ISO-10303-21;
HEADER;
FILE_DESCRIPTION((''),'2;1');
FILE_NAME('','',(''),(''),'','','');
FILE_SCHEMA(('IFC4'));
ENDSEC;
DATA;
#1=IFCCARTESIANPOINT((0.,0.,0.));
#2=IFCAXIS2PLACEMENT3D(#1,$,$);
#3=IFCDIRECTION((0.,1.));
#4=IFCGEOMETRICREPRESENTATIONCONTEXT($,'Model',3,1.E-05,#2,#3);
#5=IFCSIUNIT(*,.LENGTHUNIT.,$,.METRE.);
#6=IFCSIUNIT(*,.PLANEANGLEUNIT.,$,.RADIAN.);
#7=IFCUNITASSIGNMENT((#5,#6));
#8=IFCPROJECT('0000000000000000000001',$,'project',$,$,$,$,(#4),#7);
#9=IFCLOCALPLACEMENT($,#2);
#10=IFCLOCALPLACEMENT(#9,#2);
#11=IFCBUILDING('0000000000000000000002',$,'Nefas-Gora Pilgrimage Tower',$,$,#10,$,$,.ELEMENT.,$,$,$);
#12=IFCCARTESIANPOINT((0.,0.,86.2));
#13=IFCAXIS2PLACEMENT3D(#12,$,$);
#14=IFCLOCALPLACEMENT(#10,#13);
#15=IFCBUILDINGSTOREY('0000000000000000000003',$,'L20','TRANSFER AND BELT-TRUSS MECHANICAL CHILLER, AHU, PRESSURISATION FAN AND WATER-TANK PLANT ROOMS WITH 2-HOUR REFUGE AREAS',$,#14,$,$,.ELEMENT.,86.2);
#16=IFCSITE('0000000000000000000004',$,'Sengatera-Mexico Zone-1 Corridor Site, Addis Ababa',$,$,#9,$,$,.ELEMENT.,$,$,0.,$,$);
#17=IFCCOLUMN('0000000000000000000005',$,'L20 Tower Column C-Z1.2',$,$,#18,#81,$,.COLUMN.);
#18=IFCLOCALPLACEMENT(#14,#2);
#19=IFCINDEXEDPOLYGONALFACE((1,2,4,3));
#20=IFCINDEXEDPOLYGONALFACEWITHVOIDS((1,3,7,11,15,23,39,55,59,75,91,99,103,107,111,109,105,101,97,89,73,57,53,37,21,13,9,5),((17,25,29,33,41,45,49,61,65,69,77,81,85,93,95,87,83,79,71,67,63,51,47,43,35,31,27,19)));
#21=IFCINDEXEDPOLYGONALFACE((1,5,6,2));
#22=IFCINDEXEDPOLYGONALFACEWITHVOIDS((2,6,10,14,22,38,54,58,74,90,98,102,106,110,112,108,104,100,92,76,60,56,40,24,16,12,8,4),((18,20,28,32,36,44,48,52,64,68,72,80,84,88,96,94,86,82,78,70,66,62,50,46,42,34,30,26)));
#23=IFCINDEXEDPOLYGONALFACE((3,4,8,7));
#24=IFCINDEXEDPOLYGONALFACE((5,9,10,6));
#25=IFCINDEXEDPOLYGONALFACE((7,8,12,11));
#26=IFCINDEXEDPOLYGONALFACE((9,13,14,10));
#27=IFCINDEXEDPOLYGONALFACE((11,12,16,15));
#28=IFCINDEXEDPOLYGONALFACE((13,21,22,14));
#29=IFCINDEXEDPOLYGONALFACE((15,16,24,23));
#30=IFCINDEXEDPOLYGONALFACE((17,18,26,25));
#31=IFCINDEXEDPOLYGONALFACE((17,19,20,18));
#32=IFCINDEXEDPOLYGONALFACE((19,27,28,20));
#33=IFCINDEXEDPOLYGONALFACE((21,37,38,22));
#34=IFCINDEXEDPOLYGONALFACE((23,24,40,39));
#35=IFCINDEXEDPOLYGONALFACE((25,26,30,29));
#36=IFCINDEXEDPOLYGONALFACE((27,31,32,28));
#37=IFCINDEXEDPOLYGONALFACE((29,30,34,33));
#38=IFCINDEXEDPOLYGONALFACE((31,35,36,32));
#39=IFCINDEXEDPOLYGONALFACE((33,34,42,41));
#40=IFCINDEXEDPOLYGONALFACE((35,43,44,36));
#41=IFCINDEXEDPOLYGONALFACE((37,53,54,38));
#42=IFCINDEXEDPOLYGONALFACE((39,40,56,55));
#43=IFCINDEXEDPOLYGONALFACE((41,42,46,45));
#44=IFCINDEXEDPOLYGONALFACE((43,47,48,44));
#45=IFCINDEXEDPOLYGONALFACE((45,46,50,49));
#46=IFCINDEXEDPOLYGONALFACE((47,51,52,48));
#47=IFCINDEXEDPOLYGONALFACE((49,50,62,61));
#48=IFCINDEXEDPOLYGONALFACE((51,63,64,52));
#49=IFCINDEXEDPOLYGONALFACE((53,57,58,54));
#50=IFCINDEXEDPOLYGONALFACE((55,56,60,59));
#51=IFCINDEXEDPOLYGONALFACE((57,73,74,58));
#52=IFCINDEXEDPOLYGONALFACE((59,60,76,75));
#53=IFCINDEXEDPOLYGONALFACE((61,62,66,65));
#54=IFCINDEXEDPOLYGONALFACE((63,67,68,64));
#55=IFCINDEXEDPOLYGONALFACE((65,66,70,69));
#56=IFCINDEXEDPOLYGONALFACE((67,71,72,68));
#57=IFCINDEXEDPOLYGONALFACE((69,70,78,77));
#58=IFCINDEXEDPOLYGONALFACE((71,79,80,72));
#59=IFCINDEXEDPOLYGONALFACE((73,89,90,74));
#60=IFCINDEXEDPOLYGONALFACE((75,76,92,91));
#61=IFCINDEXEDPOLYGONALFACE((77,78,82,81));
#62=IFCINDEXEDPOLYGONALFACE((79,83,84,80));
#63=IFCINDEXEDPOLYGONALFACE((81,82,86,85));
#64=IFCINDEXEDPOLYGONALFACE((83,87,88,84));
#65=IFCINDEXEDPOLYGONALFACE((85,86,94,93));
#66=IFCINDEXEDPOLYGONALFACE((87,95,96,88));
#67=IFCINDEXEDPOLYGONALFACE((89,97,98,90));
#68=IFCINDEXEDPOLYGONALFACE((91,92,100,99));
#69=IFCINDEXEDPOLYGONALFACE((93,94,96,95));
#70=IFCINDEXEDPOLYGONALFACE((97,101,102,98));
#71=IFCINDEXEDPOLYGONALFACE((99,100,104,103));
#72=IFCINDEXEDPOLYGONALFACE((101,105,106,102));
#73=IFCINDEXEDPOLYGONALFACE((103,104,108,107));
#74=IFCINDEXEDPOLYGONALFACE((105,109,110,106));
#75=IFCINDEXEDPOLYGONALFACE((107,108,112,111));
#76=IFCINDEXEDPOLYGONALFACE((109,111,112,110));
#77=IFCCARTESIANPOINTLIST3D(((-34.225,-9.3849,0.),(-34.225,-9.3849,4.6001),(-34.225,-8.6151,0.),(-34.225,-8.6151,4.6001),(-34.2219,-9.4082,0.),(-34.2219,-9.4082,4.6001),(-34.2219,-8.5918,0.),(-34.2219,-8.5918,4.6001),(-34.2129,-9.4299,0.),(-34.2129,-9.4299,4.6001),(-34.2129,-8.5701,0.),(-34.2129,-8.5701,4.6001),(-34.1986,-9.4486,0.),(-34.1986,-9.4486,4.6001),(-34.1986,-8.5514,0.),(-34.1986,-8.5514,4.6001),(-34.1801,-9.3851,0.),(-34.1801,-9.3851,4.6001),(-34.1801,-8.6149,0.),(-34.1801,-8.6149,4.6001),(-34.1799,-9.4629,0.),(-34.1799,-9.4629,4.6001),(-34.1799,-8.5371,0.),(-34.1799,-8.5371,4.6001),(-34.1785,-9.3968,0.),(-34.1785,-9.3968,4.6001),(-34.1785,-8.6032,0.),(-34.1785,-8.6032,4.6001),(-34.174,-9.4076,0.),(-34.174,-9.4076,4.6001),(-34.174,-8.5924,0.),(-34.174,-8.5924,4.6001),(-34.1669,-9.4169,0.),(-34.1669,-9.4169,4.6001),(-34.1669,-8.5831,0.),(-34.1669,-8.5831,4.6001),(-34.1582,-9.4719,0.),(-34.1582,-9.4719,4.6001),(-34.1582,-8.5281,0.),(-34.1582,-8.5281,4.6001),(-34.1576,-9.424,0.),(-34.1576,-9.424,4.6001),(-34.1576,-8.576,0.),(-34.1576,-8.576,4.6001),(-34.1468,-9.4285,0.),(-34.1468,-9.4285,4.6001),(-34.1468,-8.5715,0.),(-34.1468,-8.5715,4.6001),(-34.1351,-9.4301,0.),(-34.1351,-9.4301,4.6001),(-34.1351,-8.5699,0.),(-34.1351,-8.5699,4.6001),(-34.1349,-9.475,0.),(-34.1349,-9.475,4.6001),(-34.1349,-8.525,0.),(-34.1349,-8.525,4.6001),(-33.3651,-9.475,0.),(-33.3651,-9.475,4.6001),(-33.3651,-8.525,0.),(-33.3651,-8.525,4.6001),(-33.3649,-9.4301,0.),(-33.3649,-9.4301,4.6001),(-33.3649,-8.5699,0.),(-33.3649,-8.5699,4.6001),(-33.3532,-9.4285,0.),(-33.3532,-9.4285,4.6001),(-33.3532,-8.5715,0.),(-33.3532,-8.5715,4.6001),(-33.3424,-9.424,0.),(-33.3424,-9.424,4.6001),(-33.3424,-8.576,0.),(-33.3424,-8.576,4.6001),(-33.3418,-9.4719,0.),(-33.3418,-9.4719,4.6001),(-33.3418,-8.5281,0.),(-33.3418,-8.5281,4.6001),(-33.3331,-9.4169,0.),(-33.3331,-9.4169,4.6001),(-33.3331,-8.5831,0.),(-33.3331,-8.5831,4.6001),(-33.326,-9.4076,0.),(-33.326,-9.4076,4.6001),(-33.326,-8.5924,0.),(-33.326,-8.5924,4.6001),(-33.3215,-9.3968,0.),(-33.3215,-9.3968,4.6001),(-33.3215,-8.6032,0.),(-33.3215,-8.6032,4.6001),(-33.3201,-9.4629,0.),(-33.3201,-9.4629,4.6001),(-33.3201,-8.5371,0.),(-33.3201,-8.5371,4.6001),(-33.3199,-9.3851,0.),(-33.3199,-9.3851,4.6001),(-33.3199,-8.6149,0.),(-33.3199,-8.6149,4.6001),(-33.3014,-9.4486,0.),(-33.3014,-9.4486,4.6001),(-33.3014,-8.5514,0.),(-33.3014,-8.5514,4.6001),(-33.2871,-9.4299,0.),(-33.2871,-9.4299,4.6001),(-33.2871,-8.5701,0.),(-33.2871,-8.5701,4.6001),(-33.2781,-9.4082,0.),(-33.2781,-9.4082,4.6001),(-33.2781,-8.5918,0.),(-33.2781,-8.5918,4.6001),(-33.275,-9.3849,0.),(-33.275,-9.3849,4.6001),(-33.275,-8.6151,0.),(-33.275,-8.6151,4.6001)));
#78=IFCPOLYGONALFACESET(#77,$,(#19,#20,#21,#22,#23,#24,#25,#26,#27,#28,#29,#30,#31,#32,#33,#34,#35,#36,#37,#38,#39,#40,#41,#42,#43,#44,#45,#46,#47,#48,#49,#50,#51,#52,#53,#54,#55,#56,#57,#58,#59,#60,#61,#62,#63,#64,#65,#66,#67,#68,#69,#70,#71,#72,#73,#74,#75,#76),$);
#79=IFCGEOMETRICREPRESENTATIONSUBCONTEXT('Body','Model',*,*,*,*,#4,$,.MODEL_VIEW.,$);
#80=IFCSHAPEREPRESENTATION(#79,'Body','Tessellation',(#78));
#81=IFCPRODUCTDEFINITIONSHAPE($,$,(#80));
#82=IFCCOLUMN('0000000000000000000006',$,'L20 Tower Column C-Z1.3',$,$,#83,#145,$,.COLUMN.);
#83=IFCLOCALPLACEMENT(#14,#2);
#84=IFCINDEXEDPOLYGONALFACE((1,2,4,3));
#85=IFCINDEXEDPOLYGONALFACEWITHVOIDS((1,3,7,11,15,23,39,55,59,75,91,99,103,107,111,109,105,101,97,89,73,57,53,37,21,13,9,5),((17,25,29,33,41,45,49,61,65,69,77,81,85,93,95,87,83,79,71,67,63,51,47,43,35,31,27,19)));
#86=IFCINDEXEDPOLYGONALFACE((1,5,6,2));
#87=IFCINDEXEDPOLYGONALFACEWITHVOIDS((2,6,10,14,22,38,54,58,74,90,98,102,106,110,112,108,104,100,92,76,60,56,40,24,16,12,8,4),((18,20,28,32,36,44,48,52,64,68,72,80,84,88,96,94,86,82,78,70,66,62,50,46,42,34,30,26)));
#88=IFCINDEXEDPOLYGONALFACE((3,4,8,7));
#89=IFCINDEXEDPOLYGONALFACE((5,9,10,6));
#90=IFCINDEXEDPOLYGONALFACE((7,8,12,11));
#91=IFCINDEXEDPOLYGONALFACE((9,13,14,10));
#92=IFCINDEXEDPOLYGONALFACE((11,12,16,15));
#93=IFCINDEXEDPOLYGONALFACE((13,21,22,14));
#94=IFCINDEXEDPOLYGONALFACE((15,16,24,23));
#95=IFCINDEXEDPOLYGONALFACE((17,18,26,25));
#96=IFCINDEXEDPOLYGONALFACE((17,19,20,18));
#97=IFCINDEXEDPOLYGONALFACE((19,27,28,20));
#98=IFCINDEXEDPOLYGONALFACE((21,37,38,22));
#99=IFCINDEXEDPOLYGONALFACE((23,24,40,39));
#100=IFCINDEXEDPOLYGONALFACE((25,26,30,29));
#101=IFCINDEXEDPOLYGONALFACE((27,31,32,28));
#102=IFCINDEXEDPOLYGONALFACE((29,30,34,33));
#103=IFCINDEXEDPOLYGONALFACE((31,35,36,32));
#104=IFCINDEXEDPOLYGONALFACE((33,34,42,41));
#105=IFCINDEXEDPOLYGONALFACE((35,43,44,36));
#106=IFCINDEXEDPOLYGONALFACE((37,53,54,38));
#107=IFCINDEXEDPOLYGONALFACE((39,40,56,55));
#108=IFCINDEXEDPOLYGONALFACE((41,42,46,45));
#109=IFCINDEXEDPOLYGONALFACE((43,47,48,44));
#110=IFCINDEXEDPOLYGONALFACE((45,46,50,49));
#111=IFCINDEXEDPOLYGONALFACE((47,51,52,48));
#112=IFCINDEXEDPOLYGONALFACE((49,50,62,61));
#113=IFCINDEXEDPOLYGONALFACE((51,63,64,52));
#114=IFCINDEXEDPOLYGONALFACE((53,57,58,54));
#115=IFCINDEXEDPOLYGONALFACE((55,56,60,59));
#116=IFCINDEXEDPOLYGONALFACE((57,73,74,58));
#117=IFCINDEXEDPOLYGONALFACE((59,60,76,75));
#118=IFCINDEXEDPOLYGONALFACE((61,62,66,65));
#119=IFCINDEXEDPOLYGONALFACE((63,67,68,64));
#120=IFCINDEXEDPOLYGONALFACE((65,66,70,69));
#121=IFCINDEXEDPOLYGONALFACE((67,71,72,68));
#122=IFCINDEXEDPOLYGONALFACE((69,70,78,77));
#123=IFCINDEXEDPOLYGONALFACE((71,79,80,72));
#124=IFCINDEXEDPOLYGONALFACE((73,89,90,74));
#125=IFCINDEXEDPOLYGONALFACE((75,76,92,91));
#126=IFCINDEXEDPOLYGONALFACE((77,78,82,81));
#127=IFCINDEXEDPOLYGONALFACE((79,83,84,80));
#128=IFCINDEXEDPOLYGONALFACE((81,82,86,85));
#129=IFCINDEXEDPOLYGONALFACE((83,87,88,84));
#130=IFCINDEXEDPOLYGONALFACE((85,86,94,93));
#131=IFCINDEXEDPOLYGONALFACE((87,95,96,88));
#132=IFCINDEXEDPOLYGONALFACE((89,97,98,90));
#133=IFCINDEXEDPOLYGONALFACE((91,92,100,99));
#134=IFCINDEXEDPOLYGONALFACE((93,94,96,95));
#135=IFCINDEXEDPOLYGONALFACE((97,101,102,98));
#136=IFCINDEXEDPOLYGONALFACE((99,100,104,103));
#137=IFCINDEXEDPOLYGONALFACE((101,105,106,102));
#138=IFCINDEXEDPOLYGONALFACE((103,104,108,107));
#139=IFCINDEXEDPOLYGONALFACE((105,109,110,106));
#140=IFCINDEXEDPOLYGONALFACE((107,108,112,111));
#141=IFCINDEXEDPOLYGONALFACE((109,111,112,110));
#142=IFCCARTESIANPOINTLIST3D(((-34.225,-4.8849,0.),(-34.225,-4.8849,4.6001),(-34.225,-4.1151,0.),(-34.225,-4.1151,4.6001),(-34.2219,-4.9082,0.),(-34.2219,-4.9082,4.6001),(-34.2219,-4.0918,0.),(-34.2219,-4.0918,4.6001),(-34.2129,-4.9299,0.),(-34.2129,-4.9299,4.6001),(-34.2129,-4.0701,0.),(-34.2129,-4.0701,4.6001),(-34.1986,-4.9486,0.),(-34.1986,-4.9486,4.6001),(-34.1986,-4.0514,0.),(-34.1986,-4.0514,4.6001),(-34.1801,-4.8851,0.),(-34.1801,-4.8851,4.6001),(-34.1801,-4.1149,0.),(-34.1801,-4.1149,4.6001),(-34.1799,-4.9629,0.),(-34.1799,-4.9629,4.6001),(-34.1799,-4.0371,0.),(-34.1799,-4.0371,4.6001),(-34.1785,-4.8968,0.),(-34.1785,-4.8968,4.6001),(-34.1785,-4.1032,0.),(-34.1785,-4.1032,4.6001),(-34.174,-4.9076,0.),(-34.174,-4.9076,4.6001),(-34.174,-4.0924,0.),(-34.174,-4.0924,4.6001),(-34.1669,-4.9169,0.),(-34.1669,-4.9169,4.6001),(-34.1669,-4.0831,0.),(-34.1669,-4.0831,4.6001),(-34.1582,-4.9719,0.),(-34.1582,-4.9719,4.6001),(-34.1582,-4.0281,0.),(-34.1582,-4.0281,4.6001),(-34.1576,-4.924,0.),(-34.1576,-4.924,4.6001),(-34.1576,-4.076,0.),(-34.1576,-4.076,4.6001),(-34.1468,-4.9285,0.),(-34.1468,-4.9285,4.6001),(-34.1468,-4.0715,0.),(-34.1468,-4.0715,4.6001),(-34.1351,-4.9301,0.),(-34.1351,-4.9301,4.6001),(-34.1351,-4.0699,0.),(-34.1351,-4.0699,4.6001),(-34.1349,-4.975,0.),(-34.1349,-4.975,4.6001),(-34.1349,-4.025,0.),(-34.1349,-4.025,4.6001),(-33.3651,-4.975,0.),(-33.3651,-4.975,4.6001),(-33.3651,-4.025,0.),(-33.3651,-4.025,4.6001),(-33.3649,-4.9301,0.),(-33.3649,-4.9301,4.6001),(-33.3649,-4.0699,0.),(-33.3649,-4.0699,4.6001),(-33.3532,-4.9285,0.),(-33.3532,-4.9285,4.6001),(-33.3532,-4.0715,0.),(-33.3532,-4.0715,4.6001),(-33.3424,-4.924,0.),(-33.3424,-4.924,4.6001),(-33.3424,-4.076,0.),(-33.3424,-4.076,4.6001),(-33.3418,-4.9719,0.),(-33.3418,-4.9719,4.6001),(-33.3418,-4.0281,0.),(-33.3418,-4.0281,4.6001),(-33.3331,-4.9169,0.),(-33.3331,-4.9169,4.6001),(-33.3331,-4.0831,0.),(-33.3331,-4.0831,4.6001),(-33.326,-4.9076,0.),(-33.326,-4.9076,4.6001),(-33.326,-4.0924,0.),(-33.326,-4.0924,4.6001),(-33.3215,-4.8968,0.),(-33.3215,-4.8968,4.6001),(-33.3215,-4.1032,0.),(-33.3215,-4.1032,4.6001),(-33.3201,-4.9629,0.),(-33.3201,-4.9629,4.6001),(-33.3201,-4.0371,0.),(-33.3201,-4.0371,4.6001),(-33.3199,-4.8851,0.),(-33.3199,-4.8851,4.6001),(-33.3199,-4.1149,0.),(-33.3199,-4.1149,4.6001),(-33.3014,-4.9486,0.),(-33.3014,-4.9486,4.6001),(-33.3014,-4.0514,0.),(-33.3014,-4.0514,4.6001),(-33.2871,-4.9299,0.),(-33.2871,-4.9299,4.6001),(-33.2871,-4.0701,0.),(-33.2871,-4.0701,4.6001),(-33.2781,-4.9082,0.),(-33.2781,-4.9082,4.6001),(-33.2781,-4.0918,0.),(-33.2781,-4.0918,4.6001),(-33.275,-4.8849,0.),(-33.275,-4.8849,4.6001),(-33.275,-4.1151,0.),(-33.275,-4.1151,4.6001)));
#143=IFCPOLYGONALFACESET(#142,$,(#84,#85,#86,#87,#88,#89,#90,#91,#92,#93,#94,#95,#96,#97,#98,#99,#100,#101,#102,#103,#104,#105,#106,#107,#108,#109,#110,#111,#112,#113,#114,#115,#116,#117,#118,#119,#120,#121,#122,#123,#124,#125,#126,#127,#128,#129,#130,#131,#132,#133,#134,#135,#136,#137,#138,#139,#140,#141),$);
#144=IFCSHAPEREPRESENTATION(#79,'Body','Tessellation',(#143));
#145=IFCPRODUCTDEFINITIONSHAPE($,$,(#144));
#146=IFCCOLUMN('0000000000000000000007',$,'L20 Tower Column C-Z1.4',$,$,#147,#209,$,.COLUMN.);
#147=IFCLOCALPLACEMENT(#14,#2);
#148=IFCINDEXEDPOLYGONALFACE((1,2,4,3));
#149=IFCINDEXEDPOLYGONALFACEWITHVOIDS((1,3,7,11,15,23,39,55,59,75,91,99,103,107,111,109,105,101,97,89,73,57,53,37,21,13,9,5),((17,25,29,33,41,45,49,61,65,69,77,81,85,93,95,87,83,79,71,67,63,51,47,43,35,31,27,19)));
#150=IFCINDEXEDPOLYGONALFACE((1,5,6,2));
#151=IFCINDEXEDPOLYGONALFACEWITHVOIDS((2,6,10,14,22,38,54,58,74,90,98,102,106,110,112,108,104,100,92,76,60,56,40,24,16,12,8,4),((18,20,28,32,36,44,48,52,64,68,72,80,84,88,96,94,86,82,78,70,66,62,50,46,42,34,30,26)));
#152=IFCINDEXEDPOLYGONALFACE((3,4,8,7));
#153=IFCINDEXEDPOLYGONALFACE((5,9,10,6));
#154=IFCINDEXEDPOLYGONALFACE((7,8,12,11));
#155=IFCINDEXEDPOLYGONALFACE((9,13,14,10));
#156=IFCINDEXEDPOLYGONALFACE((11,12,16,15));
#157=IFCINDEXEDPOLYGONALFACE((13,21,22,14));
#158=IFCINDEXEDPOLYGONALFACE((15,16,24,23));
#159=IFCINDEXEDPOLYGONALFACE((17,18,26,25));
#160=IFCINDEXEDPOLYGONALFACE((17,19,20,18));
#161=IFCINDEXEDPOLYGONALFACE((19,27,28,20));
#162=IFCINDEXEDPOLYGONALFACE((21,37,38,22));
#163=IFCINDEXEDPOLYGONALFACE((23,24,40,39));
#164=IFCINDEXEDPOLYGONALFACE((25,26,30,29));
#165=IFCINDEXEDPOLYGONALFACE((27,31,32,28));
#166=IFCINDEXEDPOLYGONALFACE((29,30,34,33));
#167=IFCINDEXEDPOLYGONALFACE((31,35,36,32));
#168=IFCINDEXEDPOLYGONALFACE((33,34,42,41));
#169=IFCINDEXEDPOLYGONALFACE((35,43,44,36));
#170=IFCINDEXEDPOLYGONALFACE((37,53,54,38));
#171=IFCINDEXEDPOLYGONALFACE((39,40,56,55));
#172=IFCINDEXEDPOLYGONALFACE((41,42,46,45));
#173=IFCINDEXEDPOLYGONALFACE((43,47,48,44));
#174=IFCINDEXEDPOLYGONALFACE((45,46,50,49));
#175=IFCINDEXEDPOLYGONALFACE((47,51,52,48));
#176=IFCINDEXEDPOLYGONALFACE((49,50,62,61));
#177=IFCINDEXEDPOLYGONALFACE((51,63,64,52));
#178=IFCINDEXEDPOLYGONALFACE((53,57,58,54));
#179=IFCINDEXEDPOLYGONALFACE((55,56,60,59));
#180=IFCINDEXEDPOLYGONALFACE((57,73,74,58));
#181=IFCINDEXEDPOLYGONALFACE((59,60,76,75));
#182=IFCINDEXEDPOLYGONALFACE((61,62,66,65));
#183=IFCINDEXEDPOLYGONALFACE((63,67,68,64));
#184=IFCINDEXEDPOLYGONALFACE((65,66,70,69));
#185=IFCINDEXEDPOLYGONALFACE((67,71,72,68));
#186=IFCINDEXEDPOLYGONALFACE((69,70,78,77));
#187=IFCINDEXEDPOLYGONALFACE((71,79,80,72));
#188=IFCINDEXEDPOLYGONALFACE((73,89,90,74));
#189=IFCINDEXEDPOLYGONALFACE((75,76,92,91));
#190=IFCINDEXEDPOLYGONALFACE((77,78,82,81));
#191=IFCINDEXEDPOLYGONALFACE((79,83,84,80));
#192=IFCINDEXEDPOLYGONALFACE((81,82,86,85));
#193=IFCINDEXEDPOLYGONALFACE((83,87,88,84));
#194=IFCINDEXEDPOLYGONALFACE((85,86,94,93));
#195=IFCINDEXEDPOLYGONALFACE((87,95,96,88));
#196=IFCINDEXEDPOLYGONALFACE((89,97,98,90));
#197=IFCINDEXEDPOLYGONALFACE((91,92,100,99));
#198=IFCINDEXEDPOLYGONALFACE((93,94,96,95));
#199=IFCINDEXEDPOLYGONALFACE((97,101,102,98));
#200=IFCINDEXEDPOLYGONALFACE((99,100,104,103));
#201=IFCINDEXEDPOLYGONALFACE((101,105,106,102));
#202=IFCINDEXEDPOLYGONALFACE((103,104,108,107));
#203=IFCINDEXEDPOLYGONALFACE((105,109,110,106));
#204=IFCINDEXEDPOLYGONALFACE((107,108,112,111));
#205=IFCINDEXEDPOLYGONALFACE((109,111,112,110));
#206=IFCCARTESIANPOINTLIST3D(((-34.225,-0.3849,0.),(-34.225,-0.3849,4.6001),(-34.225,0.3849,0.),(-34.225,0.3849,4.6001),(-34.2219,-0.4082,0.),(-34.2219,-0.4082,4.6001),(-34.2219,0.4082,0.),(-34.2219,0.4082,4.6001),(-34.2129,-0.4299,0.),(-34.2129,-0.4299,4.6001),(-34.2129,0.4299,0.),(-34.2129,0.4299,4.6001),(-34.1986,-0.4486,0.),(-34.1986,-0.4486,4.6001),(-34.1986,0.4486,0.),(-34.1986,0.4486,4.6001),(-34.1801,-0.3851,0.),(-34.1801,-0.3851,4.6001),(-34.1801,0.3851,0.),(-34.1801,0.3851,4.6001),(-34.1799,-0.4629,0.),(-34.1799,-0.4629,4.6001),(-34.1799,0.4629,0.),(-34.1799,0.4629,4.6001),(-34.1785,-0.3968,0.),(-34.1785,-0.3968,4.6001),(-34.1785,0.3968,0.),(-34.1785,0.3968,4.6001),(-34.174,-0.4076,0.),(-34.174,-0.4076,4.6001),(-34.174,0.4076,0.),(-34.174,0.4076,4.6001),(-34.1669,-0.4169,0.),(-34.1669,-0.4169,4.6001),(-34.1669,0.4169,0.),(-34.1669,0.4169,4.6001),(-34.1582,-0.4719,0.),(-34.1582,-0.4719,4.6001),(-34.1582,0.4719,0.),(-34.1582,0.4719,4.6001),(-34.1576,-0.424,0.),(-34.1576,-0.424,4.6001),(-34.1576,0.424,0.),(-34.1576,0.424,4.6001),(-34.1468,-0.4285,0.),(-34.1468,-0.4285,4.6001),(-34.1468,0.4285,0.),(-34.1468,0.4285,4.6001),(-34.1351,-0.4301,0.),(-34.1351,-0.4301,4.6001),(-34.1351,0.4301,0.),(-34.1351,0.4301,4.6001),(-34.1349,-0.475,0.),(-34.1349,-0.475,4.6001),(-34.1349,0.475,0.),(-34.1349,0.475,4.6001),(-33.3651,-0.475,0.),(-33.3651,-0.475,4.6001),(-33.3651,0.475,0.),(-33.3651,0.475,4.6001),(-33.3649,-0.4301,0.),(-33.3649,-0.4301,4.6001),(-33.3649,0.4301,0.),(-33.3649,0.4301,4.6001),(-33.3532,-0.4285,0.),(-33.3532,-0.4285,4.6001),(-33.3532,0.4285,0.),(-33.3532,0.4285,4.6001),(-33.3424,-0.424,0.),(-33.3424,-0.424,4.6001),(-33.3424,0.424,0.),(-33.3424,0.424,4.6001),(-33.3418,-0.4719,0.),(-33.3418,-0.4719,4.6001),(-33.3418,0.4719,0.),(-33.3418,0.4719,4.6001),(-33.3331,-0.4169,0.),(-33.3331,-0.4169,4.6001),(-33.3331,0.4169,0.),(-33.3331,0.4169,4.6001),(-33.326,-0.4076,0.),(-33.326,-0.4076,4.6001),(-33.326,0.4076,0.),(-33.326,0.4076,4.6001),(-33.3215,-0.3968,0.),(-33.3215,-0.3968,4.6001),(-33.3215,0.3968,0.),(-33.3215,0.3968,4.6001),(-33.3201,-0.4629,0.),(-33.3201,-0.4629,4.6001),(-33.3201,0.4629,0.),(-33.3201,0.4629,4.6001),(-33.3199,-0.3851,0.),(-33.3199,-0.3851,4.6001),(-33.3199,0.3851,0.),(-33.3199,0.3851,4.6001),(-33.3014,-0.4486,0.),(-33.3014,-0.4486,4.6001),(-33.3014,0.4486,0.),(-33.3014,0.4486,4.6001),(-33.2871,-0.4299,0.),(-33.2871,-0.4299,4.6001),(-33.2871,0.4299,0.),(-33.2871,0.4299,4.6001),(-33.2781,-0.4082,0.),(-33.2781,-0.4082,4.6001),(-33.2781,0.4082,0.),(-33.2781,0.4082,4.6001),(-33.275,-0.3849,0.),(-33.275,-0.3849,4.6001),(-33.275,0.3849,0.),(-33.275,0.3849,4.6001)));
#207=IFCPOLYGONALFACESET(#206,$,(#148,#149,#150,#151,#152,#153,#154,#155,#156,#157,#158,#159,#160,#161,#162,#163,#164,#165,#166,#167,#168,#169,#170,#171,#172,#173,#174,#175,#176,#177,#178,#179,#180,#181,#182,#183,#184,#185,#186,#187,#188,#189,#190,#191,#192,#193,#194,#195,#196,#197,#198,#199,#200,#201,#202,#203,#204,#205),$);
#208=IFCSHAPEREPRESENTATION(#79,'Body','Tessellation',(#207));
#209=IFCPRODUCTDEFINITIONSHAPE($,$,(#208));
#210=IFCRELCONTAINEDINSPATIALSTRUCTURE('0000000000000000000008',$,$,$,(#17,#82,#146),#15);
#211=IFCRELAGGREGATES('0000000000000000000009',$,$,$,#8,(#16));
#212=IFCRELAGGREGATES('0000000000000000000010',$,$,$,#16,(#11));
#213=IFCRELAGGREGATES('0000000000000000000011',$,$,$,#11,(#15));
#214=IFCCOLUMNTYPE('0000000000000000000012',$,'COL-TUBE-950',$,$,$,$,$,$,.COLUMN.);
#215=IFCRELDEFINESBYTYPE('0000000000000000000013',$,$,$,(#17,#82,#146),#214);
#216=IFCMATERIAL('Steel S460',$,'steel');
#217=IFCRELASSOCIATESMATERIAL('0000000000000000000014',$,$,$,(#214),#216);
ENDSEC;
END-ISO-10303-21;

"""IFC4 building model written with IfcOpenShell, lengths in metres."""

from ifc_helpers import new_model, si_unit, direction, frame, origin, origin_2d, place, context, subcontext, project, spatial, hollow_rectangle, extrude, source, transform, mapped, material, material_profile, profile_set, type_object, element, save


model = new_model("IFC4")

# Units and contexts
model_context = context("Model", 3, precision=1e-05, world=origin(), true_north=direction((0.0, 1.0)))
body_context = subcontext(model_context, "Body", "Model", "MODEL_VIEW")
ifc_project = project(units=[si_unit("LENGTHUNIT", "METRE"), si_unit("PLANEANGLEUNIT", "RADIAN")], contexts=[model_context])

# Site, building, storey
site_placement = place(None, origin())
site = spatial("IfcSite", under=ifc_project, at=site_placement, Name="Sengatera-Mexico Zone-1 Corridor Site, Addis Ababa", CompositionType="ELEMENT", RefElevation=0.0)
building_placement = place(site_placement, origin())
building = spatial("IfcBuilding", under=site, at=building_placement, Name="Nefas-Gora Pilgrimage Tower", CompositionType="ELEMENT")
storey_placement = place(building_placement, frame((0.0, 0.0, 86.2)))
storey = spatial("IfcBuildingStorey", under=building, at=storey_placement, Name="L20", Description="TRANSFER AND BELT-TRUSS MECHANICAL CHILLER, AHU, PRESSURISATION FAN AND WATER-TANK PLANT ROOMS WITH 2-HOUR REFUGE AREAS", CompositionType="ELEMENT", Elevation=86.2)

# Columns
ifc_material_1 = material(Name="Steel S460", Category="steel")
ifc_material_profile_1 = material_profile(ifc_material_1, hollow_rectangle(XDim=0.95, YDim=0.95, WallThickness=0.0449, InnerFilletRadius=0.0449, OuterFilletRadius=0.0901, at=origin_2d()), Name="BOX 950x950x45")
ifc_profile_set_1 = profile_set([ifc_material_profile_1], Name="Steel S460")
column_type_1 = type_object("IfcColumnType", Name="COL-TUBE-950", PredefinedType="COLUMN", material=ifc_profile_set_1)
shared_shape_1 = source(origin(), body_context, "Body", "SweptSolid", [
    extrude(hollow_rectangle(XDim=0.95, YDim=0.95, WallThickness=0.0449, InnerFilletRadius=0.0449, OuterFilletRadius=0.0901, at=origin_2d()), origin(), (0.0, 0.0, 1.0), 4.6001),
])
for number, where, z_axis, x_axis, name in (
    (1, (-33.75, -9.0, 0.0), (0.0, 0.0, 1.0), (1.0, 0.0, 0.0), "L20 Tower Column C-Z1.2"),
    (2, (-33.75, -4.5, 0.0), (0.0, 0.0, 1.0), (1.0, 0.0, 0.0), "L20 Tower Column C-Z1.3"),
    (3, (-33.75, 0.0, 0.0), (0.0, 0.0, 1.0), (1.0, 0.0, 0.0), "L20 Tower Column C-Z1.4"),
):
    element("IfcColumn", number, at=place(storey_placement, frame(where, z_axis=z_axis, x_axis=x_axis)), inside=storey, type_object=column_type_1, Name=name, PredefinedType="COLUMN", context=body_context, shape_type="MappedRepresentation", body=[
        mapped(shared_shape_1, transform((0.0, 0.0, 0.0), x_axis=(1.0, 0.0, 0.0), y_axis=(0.0, 1.0, 0.0), z_axis=(0.0, 0.0, 1.0), scale=1.0)),
    ])

save(model, "model.ifc")
